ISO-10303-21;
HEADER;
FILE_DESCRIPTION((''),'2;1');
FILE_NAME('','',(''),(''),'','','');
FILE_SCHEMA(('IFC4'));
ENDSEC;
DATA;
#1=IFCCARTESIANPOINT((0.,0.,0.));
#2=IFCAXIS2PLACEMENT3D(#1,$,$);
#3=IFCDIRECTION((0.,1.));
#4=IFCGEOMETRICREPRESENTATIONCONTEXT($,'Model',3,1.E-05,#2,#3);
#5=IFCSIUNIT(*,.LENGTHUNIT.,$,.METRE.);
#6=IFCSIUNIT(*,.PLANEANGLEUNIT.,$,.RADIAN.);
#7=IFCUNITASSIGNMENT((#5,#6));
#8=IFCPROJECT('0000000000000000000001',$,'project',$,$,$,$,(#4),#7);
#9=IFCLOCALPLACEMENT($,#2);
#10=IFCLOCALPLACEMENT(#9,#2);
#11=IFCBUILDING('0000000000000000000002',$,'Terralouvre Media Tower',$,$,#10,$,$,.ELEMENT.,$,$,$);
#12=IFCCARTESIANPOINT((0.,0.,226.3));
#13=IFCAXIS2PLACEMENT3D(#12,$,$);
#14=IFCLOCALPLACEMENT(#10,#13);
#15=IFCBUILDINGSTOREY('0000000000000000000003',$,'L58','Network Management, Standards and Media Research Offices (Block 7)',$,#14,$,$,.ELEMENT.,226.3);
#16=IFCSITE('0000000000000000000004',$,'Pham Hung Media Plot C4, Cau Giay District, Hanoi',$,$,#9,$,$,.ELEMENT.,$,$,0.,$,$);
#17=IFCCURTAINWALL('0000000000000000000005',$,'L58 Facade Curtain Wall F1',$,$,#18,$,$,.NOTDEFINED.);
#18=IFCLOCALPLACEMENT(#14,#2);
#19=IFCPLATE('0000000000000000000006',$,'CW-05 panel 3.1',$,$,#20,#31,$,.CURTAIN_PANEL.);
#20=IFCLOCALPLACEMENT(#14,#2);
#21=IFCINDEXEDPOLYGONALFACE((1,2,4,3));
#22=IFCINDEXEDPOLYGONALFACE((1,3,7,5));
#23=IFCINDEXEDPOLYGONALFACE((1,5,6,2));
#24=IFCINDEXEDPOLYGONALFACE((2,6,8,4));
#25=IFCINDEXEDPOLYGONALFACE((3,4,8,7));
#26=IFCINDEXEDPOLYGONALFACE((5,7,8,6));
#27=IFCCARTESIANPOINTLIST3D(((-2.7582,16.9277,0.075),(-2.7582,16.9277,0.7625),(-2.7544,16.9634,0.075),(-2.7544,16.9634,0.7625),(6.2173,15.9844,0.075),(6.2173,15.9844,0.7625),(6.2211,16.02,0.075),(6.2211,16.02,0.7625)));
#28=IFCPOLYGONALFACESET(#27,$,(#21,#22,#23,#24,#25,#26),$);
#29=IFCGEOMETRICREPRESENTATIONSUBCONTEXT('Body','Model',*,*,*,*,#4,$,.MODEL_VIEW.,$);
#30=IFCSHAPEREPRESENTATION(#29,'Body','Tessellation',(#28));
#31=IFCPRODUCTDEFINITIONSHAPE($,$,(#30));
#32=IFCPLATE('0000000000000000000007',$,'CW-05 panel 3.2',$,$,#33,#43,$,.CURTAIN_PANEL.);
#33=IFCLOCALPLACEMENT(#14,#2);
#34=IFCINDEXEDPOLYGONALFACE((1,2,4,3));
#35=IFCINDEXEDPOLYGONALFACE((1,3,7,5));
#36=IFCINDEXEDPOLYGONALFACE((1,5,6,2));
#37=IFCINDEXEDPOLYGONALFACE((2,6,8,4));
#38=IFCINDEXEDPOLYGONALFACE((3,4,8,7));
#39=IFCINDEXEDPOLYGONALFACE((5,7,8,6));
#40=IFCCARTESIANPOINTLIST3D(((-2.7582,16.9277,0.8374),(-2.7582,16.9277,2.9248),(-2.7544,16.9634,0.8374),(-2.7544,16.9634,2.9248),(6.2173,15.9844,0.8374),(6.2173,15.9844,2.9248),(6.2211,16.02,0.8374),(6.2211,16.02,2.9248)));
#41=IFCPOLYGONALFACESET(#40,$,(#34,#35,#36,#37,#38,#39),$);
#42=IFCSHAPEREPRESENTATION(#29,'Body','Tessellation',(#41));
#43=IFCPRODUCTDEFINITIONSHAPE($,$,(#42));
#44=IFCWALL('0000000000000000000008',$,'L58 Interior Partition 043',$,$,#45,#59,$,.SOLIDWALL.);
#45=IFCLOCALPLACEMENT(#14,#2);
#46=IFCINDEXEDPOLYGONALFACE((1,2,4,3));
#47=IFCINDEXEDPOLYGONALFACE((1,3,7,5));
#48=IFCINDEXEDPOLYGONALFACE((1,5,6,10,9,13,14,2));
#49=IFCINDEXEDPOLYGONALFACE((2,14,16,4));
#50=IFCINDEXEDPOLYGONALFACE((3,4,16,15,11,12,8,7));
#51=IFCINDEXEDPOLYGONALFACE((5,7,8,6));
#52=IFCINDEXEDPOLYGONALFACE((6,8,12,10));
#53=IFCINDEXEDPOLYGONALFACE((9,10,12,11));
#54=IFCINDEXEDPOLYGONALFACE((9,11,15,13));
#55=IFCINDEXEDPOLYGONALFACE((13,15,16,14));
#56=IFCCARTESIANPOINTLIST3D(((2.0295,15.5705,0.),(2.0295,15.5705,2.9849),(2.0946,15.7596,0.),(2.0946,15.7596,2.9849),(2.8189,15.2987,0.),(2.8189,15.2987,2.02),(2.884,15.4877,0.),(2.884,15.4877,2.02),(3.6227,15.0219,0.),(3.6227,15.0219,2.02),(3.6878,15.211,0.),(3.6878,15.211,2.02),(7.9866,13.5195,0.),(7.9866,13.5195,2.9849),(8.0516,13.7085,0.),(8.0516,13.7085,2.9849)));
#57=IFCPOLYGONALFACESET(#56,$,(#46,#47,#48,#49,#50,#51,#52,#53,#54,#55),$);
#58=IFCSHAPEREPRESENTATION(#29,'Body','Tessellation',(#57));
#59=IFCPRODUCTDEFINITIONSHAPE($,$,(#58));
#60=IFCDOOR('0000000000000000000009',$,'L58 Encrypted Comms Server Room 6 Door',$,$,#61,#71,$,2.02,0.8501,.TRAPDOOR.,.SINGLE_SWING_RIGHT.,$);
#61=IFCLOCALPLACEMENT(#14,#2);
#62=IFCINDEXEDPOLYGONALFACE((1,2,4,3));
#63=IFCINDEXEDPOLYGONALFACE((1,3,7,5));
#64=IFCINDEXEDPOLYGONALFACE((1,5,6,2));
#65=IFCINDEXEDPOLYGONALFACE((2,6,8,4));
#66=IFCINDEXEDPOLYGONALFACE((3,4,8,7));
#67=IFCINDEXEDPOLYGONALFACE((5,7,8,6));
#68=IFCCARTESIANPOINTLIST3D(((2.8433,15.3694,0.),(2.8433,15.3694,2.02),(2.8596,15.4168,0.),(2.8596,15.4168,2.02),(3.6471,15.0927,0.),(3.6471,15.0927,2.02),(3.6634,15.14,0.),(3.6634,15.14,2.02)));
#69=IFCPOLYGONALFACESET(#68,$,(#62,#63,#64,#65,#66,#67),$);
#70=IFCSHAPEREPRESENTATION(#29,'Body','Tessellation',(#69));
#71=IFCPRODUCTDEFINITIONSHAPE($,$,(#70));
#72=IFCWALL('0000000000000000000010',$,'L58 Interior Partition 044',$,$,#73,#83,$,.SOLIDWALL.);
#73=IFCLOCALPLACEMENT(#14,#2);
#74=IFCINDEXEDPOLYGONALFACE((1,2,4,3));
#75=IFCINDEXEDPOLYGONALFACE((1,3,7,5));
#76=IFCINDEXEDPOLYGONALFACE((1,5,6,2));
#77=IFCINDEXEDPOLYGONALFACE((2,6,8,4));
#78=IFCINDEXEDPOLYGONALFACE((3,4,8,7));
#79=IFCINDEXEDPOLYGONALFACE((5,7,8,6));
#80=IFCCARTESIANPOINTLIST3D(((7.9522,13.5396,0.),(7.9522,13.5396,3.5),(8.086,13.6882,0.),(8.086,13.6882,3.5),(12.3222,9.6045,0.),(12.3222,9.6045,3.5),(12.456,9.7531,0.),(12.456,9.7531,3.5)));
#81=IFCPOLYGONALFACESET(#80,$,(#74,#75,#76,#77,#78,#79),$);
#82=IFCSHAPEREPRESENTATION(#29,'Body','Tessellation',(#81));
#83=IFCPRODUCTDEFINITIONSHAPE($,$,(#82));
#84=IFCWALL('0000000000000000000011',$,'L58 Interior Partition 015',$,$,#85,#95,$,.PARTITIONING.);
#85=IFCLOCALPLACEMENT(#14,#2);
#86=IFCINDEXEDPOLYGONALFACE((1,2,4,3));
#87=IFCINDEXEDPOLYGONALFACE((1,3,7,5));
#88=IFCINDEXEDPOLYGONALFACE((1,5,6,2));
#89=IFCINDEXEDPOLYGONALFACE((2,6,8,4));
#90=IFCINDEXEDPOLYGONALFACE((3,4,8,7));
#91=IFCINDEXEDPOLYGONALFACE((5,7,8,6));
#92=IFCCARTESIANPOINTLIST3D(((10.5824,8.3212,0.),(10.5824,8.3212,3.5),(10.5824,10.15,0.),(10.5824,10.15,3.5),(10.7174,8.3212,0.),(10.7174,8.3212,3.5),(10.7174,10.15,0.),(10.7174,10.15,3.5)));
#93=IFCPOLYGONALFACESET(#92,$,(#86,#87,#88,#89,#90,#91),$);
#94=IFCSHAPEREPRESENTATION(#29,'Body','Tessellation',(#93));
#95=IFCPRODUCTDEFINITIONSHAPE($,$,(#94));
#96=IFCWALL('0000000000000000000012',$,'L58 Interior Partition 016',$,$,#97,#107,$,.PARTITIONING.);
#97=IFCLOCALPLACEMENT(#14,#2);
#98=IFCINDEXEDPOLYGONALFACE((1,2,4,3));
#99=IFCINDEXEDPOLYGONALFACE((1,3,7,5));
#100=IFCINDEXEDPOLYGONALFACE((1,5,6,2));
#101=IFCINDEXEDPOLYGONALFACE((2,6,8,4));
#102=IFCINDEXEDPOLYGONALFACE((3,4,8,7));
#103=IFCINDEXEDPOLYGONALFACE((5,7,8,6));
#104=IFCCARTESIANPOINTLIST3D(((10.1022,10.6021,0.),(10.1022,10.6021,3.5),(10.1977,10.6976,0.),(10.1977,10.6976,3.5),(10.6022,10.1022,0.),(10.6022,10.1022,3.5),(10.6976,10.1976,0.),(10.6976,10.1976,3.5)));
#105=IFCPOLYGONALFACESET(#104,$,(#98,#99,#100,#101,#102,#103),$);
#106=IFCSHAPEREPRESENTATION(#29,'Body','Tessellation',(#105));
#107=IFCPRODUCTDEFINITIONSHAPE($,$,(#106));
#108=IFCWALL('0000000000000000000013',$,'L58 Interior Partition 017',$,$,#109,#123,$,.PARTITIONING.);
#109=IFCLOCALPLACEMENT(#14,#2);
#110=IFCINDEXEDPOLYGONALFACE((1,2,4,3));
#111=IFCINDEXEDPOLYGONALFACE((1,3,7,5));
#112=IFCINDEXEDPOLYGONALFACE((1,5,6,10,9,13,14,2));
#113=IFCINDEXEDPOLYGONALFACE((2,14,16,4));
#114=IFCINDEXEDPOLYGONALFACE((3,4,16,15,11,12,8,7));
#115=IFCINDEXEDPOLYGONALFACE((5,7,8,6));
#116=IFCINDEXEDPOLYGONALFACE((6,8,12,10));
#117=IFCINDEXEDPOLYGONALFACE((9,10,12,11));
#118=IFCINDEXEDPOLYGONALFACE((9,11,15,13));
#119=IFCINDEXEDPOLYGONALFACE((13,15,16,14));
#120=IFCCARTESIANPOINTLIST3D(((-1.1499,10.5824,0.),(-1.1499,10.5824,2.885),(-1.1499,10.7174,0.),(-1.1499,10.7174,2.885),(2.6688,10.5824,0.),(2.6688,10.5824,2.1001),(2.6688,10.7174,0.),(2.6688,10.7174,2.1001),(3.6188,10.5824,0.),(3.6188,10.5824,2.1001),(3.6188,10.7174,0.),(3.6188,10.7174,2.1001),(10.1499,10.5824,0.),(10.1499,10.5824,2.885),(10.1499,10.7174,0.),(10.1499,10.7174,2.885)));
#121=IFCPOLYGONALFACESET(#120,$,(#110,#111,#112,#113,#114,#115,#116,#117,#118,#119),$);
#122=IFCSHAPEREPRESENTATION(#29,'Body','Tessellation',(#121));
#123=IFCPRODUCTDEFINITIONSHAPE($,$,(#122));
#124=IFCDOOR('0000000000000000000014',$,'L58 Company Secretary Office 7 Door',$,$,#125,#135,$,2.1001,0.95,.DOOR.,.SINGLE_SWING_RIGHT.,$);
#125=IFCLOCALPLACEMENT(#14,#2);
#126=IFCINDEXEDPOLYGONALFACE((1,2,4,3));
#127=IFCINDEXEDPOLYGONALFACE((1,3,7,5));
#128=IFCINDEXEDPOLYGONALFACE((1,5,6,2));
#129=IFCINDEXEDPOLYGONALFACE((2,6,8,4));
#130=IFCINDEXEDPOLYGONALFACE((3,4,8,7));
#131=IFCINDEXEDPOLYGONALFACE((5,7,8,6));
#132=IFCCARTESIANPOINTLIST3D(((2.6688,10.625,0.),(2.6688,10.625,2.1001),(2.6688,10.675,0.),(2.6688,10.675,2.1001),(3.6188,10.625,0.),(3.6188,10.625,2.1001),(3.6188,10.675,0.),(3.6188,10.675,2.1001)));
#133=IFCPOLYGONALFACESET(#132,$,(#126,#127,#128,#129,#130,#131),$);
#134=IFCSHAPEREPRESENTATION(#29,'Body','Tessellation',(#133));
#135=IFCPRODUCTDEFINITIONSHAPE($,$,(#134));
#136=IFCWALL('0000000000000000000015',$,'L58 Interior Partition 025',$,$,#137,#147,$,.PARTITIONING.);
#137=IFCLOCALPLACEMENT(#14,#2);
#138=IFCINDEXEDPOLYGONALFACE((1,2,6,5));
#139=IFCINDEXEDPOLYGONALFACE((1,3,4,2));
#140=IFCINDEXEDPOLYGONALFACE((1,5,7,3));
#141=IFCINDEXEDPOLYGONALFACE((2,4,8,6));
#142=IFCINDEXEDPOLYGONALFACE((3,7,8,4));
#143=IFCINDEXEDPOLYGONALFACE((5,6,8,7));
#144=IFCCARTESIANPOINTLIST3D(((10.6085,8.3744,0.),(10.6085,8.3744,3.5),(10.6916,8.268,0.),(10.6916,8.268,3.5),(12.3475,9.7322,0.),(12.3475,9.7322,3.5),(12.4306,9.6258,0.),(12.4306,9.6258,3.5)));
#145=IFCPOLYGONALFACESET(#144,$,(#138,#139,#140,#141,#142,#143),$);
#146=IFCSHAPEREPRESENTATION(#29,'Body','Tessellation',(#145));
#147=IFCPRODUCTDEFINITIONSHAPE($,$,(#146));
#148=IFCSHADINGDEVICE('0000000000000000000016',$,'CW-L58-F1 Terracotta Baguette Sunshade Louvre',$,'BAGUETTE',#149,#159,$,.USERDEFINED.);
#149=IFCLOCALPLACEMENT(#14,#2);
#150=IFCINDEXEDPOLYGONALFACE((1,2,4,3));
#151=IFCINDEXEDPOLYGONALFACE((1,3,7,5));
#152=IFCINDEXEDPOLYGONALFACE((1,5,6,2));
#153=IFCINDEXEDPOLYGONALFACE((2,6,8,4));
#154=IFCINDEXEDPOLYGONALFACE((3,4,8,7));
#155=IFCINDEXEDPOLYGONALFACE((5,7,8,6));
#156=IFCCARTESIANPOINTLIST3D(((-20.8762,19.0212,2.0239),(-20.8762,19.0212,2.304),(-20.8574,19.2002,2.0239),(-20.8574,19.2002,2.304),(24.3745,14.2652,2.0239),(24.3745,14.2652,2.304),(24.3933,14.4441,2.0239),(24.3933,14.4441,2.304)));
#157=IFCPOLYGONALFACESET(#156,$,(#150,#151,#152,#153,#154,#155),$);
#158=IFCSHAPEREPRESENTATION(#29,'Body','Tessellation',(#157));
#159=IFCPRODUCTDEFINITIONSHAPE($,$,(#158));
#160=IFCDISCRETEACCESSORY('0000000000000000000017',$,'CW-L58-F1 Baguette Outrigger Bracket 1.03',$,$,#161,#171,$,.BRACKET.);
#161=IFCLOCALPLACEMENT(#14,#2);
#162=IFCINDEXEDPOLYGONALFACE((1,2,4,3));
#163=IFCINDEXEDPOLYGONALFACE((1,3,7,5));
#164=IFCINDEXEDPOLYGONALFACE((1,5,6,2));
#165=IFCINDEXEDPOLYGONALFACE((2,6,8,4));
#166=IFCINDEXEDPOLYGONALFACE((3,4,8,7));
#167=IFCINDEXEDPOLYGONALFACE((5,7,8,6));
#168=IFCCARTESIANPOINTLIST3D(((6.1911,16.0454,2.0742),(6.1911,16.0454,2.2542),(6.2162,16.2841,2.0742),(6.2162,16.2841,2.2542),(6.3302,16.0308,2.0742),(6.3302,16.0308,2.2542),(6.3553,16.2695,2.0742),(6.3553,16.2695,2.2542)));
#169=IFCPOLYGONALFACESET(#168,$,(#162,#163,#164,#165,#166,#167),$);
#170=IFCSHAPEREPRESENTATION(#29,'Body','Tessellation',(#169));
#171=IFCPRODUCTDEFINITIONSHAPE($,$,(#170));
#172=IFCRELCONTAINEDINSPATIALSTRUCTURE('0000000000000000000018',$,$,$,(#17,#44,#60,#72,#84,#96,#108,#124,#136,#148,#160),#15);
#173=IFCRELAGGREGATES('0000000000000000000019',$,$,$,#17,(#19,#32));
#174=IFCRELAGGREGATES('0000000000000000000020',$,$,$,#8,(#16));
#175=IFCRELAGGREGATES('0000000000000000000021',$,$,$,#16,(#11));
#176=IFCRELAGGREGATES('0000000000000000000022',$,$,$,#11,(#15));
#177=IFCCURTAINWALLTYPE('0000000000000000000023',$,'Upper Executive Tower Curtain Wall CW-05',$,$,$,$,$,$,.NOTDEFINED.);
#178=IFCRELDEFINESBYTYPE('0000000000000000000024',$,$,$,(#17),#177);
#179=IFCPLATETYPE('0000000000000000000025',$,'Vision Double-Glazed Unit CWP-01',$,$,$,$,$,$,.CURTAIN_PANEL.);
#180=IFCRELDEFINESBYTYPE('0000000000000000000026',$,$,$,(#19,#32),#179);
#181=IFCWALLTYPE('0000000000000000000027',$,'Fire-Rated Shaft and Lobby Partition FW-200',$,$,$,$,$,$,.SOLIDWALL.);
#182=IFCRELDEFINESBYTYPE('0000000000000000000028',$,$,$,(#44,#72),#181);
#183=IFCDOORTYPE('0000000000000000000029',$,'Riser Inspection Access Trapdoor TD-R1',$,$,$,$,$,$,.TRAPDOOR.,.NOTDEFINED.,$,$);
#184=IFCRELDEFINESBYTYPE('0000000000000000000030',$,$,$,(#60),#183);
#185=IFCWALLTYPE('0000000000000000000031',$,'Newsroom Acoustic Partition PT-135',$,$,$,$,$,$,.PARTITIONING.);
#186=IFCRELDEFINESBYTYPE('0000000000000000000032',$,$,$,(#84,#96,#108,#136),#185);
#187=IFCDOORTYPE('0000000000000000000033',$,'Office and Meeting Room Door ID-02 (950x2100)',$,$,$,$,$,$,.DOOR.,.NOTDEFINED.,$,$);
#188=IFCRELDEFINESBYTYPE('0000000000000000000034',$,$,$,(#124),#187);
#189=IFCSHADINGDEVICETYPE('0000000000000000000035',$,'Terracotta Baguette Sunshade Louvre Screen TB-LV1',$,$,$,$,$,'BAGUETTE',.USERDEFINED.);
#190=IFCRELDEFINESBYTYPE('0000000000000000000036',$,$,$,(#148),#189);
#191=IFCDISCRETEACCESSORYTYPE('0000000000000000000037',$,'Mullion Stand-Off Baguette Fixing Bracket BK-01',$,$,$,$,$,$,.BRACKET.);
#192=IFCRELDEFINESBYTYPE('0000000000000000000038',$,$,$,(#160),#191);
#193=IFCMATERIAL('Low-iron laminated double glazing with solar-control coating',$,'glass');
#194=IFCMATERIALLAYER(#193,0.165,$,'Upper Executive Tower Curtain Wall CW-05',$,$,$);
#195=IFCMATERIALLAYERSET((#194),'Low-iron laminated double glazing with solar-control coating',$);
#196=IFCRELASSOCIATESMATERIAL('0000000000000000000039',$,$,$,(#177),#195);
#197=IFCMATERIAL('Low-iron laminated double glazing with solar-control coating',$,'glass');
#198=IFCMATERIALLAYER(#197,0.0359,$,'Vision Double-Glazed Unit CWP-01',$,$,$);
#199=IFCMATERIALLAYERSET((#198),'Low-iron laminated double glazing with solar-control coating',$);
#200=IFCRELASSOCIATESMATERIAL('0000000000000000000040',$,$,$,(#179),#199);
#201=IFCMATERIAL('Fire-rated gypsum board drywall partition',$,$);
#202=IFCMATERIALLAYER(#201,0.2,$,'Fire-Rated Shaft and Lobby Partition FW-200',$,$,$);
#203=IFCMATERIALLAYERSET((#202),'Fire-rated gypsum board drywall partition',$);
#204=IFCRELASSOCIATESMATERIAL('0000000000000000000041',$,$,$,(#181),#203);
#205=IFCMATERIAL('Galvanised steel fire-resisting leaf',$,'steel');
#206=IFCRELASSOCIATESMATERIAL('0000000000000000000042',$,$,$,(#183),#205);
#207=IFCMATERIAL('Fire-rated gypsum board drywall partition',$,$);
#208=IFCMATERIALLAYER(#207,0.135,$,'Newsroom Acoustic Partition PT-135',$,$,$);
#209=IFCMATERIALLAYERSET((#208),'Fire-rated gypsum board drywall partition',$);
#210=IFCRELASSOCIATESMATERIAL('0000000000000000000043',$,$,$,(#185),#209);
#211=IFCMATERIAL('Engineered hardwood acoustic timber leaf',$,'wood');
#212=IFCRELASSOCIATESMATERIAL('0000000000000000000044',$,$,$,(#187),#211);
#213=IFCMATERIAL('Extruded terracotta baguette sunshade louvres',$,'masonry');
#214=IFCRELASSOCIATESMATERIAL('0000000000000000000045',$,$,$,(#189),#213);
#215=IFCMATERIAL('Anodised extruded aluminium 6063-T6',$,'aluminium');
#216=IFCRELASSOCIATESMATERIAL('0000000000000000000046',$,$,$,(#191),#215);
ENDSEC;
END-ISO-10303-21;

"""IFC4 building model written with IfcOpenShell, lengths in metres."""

from ifc_helpers import new_model, si_unit, direction, frame, frame_2d, origin, origin_2d, place, context, subcontext, project, spatial, rectangle, extrude, material, layer, layer_set, type_object, element, fill, aggregate, save


model = new_model("IFC4")

# Units and contexts
model_context = context("Model", 3, precision=1e-05, world=origin(), true_north=direction((0.0, 1.0)))
body_context = subcontext(model_context, "Body", "Model", "MODEL_VIEW")
ifc_project = project(units=[si_unit("LENGTHUNIT", "METRE"), si_unit("PLANEANGLEUNIT", "RADIAN")], contexts=[model_context])

# Site, building, storey
site_placement = place(None, origin())
site = spatial("IfcSite", under=ifc_project, at=site_placement, Name="Pham Hung Media Plot C4, Cau Giay District, Hanoi", CompositionType="ELEMENT", RefElevation=0.0)
building_placement = place(site_placement, origin())
building = spatial("IfcBuilding", under=site, at=building_placement, Name="Terralouvre Media Tower", CompositionType="ELEMENT")
storey_placement = place(building_placement, frame((0.0, 0.0, 226.3)))
storey = spatial("IfcBuildingStorey", under=building, at=storey_placement, Name="L58", Description="Network Management, Standards and Media Research Offices (Block 7)", CompositionType="ELEMENT", Elevation=226.3)

# Curtain wall
ifc_material_1 = material(Name="Low-iron laminated double glazing with solar-control coating", Category="glass")
ifc_layer_1 = layer(ifc_material_1, 0.165, Name="Upper Executive Tower Curtain Wall CW-05")
ifc_layer_set_1 = layer_set([ifc_layer_1], Name="Low-iron laminated double glazing with solar-control coating")
curtain_wall_type = type_object("IfcCurtainWallType", Name="Upper Executive Tower Curtain Wall CW-05", PredefinedType="NOTDEFINED", material=ifc_layer_set_1)
curtain_wall_placement = place(storey_placement, origin())
curtain_wall = element("IfcCurtainWall", 1, at=curtain_wall_placement, inside=storey, type_object=curtain_wall_type, Name="L58 Facade Curtain Wall F1", PredefinedType="NOTDEFINED")

# Plates
ifc_material_2 = material(Name="Low-iron laminated double glazing with solar-control coating", Category="glass")
ifc_layer_2 = layer(ifc_material_2, 0.0359, Name="Vision Double-Glazed Unit CWP-01")
ifc_layer_set_2 = layer_set([ifc_layer_2], Name="Low-iron laminated double glazing with solar-control coating")
plate_type = type_object("IfcPlateType", Name="Vision Double-Glazed Unit CWP-01", PredefinedType="CURTAIN_PANEL", material=ifc_layer_set_2)
plate_1_placement = place(storey_placement, frame((1.7314, 16.4739, 0.075), z_axis=(0.0, 0.0, 1.0), x_axis=(-0.994522, 0.104529, 0.0)))
plate_1 = element("IfcPlate", 2, at=plate_1_placement, type_object=plate_type, Name="CW-05 panel 3.1", PredefinedType="CURTAIN_PANEL", context=body_context, shape_type="SweptSolid", body=[
    extrude(rectangle(XDim=9.0249, YDim=0.0359, at=origin_2d()), origin(), (0.0, 0.0, 1.0), 0.6875),
])
plate_2_placement = place(storey_placement, frame((1.7314, 16.4739, 0.8374), z_axis=(0.0, 0.0, 1.0), x_axis=(-0.994522, 0.104529, 0.0)))
plate_2 = element("IfcPlate", 3, at=plate_2_placement, type_object=plate_type, Name="CW-05 panel 3.2", PredefinedType="CURTAIN_PANEL", context=body_context, shape_type="SweptSolid", body=[
    extrude(rectangle(XDim=9.0249, YDim=0.0359, at=origin_2d()), origin(), (0.0, 0.0, 1.0), 2.0874),
])
aggregate(curtain_wall, [plate_1, plate_2])

# Wall, opening, door
ifc_material_3 = material(Name="Fire-rated gypsum board drywall partition")
ifc_layer_3 = layer(ifc_material_3, 0.2, Name="Fire-Rated Shaft and Lobby Partition FW-200")
ifc_layer_set_3 = layer_set([ifc_layer_3], Name="Fire-rated gypsum board drywall partition")
wall_type_1 = type_object("IfcWallType", Name="Fire-Rated Shaft and Lobby Partition FW-200", PredefinedType="SOLIDWALL", material=ifc_layer_set_3)
wall_1_placement = place(storey_placement, frame((2.062, 15.665, 0.0), z_axis=(0.0, 0.0, 1.0), x_axis=(0.945526, -0.325548, 0.0)))
wall_1 = element("IfcWall", 4, at=wall_1_placement, inside=storey, type_object=wall_type_1, Name="L58 Interior Partition 043", PredefinedType="SOLIDWALL", context=body_context, shape_type="SweptSolid", body=[
    extrude(rectangle(XDim=6.3003, YDim=0.2, at=frame_2d((3.1501, 0.0))), origin(), (0.0, 0.0, 1.0), 2.9849),
])
opening_1_placement = place(wall_1_placement, frame((0.835, 0.0, 0.0)))
opening_1 = element("IfcOpeningElement", 5, at=opening_1_placement, cuts=wall_1, PredefinedType="OPENING", context=body_context, shape_type="SweptSolid", body=[
    extrude(rectangle(XDim=0.8501, YDim=2.02, at=frame_2d((0.425, 1.01))), frame((0.0, 0.1099, 0.0), z_axis=(0.0, -1.0, 0.0), x_axis=(1.0, 0.0, 0.0)), (0.0, 0.0, 1.0), 0.22),
])
ifc_material_4 = material(Name="Galvanised steel fire-resisting leaf", Category="steel")
door_type_1 = type_object("IfcDoorType", Name="Riser Inspection Access Trapdoor TD-R1", OperationType="NOTDEFINED", PredefinedType="TRAPDOOR", material=ifc_material_4)
door_1_placement = place(opening_1_placement, origin())
door_1 = element("IfcDoor", 6, at=door_1_placement, inside=storey, type_object=door_type_1, Name="L58 Encrypted Comms Server Room 6 Door", OperationType="SINGLE_SWING_RIGHT", OverallHeight=2.02, OverallWidth=0.8501, PredefinedType="TRAPDOOR", context=body_context, shape_type="SweptSolid", body=[
    extrude(rectangle(XDim=0.8501, YDim=2.02, at=frame_2d((0.425, 1.01))), frame((0.0, 0.0249, 0.0), z_axis=(0.0, -1.0, 0.0), x_axis=(1.0, 0.0, 0.0)), (0.0, 0.0, 1.0), 0.05),
])
fill(opening_1, door_1)

# Walls
wall_2_placement = place(storey_placement, frame((8.019, 13.614, 0.0), z_axis=(0.0, 0.0, 1.0), x_axis=(0.74311, -0.669169, 0.0)))
element("IfcWall", 7, at=wall_2_placement, inside=storey, type_object=wall_type_1, Name="L58 Interior Partition 044", PredefinedType="SOLIDWALL", context=body_context, shape_type="SweptSolid", body=[
    extrude(rectangle(XDim=5.8806, YDim=0.2, at=frame_2d((2.9404, 0.0))), origin(), (0.0, 0.0, 1.0), 3.5),
])
ifc_material_5 = material(Name="Fire-rated gypsum board drywall partition")
ifc_layer_4 = layer(ifc_material_5, 0.135, Name="Newsroom Acoustic Partition PT-135")
ifc_layer_set_4 = layer_set([ifc_layer_4], Name="Fire-rated gypsum board drywall partition")
wall_type_2 = type_object("IfcWallType", Name="Newsroom Acoustic Partition PT-135", PredefinedType="PARTITIONING", material=ifc_layer_set_4)
wall_3_placement = place(storey_placement, frame((10.6499, 8.321, 0.0), z_axis=(0.0, 0.0, 1.0), x_axis=(0.0, 1.0, 0.0)))
element("IfcWall", 8, at=wall_3_placement, inside=storey, type_object=wall_type_2, Name="L58 Interior Partition 015", PredefinedType="PARTITIONING", context=body_context, shape_type="SweptSolid", body=[
    extrude(rectangle(XDim=1.8289, YDim=0.135, at=frame_2d((0.9146, 0.0))), origin(), (0.0, 0.0, 1.0), 3.5),
])
wall_4_placement = place(storey_placement, frame((10.6499, 10.1499, 0.0), z_axis=(0.0, 0.0, 1.0), x_axis=(-0.707107, 0.707107, 0.0)))
element("IfcWall", 9, at=wall_4_placement, inside=storey, type_object=wall_type_2, Name="L58 Interior Partition 016", PredefinedType="PARTITIONING", context=body_context, shape_type="SweptSolid", body=[
    extrude(rectangle(XDim=0.707, YDim=0.135, at=frame_2d((0.3535, 0.0))), origin(), (0.0, 0.0, 1.0), 3.5),
])

# Wall, opening, door
wall_5_placement = place(storey_placement, frame((10.1499, 10.6499, 0.0), z_axis=(0.0, 0.0, 1.0), x_axis=(-1.0, 0.0, 0.0)))
wall_5 = element("IfcWall", 10, at=wall_5_placement, inside=storey, type_object=wall_type_2, Name="L58 Interior Partition 017", PredefinedType="PARTITIONING", context=body_context, shape_type="SweptSolid", body=[
    extrude(rectangle(XDim=11.2998, YDim=0.135, at=frame_2d((5.6499, 0.0))), origin(), (0.0, 0.0, 1.0), 2.885),
])
opening_2_placement = place(wall_5_placement, frame((6.531, 0.0, 0.0)))
opening_2 = element("IfcOpeningElement", 11, at=opening_2_placement, cuts=wall_5, PredefinedType="OPENING", context=body_context, shape_type="SweptSolid", body=[
    extrude(rectangle(XDim=0.95, YDim=2.1001, at=frame_2d((0.4751, 1.05))), frame((0.0, 0.0774, 0.0), z_axis=(0.0, -1.0, 0.0), x_axis=(1.0, 0.0, 0.0)), (0.0, 0.0, 1.0), 0.155),
])
ifc_material_6 = material(Name="Engineered hardwood acoustic timber leaf", Category="wood")
door_type_2 = type_object("IfcDoorType", Name="Office and Meeting Room Door ID-02 (950x2100)", OperationType="NOTDEFINED", PredefinedType="DOOR", material=ifc_material_6)
door_2_placement = place(opening_2_placement, origin())
door_2 = element("IfcDoor", 12, at=door_2_placement, inside=storey, type_object=door_type_2, Name="L58 Company Secretary Office 7 Door", OperationType="SINGLE_SWING_RIGHT", OverallHeight=2.1001, OverallWidth=0.95, PredefinedType="DOOR", context=body_context, shape_type="SweptSolid", body=[
    extrude(rectangle(XDim=0.95, YDim=2.1001, at=frame_2d((0.4751, 1.05))), frame((0.0, 0.0249, 0.0), z_axis=(0.0, -1.0, 0.0), x_axis=(1.0, 0.0, 0.0)), (0.0, 0.0, 1.0), 0.05),
])
fill(opening_2, door_2)

# Wall
wall_6_placement = place(storey_placement, frame((12.3889, 9.679, 0.0), z_axis=(0.0, 0.0, 1.0), x_axis=(-0.788177, -0.615449, 0.0)))
element("IfcWall", 13, at=wall_6_placement, inside=storey, type_object=wall_type_2, Name="L58 Interior Partition 025", PredefinedType="PARTITIONING", context=body_context, shape_type="SweptSolid", body=[
    extrude(rectangle(XDim=2.2063, YDim=0.135, at=frame_2d((1.103, 0.0))), origin(), (0.0, 0.0, 1.0), 3.5),
])

# Shading device
ifc_material_7 = material(Name="Extruded terracotta baguette sunshade louvres", Category="masonry")
shading_device_type = type_object("IfcShadingDeviceType", Name="Terracotta Baguette Sunshade Louvre Screen TB-LV1", ElementType="BAGUETTE", PredefinedType="USERDEFINED", material=ifc_material_7)
shading_device_placement = place(storey_placement, frame((1.7585, 16.7327, 2.0239), z_axis=(0.0, 0.0, 1.0), x_axis=(-0.994522, 0.104529, 0.0)))
element("IfcShadingDevice", 14, at=shading_device_placement, inside=storey, type_object=shading_device_type, Name="CW-L58-F1 Terracotta Baguette Sunshade Louvre", ObjectType="BAGUETTE", PredefinedType="USERDEFINED", context=body_context, shape_type="SweptSolid", body=[
    extrude(rectangle(XDim=45.5, YDim=0.1799, at=origin_2d()), origin(), (0.0, 0.0, 1.0), 0.28),
])

# Discrete accessory
ifc_material_8 = material(Name="Anodised extruded aluminium 6063-T6", Category="aluminium")
discrete_accessory_type = type_object("IfcDiscreteAccessoryType", Name="Mullion Stand-Off Baguette Fixing Bracket BK-01", PredefinedType="BRACKET", material=ifc_material_8)
discrete_accessory_placement = place(storey_placement, frame((6.2732, 16.1575, 2.0742), z_axis=(0.0, 0.0, 1.0), x_axis=(-0.994522, 0.104529, 0.0)))
element("IfcDiscreteAccessory", 15, at=discrete_accessory_placement, inside=storey, type_object=discrete_accessory_type, Name="CW-L58-F1 Baguette Outrigger Bracket 1.03", PredefinedType="BRACKET", context=body_context, shape_type="SweptSolid", body=[
    extrude(rectangle(XDim=0.1399, YDim=0.24, at=origin_2d()), origin(), (0.0, 0.0, 1.0), 0.1799),
])

save(model, "model.ifc")
